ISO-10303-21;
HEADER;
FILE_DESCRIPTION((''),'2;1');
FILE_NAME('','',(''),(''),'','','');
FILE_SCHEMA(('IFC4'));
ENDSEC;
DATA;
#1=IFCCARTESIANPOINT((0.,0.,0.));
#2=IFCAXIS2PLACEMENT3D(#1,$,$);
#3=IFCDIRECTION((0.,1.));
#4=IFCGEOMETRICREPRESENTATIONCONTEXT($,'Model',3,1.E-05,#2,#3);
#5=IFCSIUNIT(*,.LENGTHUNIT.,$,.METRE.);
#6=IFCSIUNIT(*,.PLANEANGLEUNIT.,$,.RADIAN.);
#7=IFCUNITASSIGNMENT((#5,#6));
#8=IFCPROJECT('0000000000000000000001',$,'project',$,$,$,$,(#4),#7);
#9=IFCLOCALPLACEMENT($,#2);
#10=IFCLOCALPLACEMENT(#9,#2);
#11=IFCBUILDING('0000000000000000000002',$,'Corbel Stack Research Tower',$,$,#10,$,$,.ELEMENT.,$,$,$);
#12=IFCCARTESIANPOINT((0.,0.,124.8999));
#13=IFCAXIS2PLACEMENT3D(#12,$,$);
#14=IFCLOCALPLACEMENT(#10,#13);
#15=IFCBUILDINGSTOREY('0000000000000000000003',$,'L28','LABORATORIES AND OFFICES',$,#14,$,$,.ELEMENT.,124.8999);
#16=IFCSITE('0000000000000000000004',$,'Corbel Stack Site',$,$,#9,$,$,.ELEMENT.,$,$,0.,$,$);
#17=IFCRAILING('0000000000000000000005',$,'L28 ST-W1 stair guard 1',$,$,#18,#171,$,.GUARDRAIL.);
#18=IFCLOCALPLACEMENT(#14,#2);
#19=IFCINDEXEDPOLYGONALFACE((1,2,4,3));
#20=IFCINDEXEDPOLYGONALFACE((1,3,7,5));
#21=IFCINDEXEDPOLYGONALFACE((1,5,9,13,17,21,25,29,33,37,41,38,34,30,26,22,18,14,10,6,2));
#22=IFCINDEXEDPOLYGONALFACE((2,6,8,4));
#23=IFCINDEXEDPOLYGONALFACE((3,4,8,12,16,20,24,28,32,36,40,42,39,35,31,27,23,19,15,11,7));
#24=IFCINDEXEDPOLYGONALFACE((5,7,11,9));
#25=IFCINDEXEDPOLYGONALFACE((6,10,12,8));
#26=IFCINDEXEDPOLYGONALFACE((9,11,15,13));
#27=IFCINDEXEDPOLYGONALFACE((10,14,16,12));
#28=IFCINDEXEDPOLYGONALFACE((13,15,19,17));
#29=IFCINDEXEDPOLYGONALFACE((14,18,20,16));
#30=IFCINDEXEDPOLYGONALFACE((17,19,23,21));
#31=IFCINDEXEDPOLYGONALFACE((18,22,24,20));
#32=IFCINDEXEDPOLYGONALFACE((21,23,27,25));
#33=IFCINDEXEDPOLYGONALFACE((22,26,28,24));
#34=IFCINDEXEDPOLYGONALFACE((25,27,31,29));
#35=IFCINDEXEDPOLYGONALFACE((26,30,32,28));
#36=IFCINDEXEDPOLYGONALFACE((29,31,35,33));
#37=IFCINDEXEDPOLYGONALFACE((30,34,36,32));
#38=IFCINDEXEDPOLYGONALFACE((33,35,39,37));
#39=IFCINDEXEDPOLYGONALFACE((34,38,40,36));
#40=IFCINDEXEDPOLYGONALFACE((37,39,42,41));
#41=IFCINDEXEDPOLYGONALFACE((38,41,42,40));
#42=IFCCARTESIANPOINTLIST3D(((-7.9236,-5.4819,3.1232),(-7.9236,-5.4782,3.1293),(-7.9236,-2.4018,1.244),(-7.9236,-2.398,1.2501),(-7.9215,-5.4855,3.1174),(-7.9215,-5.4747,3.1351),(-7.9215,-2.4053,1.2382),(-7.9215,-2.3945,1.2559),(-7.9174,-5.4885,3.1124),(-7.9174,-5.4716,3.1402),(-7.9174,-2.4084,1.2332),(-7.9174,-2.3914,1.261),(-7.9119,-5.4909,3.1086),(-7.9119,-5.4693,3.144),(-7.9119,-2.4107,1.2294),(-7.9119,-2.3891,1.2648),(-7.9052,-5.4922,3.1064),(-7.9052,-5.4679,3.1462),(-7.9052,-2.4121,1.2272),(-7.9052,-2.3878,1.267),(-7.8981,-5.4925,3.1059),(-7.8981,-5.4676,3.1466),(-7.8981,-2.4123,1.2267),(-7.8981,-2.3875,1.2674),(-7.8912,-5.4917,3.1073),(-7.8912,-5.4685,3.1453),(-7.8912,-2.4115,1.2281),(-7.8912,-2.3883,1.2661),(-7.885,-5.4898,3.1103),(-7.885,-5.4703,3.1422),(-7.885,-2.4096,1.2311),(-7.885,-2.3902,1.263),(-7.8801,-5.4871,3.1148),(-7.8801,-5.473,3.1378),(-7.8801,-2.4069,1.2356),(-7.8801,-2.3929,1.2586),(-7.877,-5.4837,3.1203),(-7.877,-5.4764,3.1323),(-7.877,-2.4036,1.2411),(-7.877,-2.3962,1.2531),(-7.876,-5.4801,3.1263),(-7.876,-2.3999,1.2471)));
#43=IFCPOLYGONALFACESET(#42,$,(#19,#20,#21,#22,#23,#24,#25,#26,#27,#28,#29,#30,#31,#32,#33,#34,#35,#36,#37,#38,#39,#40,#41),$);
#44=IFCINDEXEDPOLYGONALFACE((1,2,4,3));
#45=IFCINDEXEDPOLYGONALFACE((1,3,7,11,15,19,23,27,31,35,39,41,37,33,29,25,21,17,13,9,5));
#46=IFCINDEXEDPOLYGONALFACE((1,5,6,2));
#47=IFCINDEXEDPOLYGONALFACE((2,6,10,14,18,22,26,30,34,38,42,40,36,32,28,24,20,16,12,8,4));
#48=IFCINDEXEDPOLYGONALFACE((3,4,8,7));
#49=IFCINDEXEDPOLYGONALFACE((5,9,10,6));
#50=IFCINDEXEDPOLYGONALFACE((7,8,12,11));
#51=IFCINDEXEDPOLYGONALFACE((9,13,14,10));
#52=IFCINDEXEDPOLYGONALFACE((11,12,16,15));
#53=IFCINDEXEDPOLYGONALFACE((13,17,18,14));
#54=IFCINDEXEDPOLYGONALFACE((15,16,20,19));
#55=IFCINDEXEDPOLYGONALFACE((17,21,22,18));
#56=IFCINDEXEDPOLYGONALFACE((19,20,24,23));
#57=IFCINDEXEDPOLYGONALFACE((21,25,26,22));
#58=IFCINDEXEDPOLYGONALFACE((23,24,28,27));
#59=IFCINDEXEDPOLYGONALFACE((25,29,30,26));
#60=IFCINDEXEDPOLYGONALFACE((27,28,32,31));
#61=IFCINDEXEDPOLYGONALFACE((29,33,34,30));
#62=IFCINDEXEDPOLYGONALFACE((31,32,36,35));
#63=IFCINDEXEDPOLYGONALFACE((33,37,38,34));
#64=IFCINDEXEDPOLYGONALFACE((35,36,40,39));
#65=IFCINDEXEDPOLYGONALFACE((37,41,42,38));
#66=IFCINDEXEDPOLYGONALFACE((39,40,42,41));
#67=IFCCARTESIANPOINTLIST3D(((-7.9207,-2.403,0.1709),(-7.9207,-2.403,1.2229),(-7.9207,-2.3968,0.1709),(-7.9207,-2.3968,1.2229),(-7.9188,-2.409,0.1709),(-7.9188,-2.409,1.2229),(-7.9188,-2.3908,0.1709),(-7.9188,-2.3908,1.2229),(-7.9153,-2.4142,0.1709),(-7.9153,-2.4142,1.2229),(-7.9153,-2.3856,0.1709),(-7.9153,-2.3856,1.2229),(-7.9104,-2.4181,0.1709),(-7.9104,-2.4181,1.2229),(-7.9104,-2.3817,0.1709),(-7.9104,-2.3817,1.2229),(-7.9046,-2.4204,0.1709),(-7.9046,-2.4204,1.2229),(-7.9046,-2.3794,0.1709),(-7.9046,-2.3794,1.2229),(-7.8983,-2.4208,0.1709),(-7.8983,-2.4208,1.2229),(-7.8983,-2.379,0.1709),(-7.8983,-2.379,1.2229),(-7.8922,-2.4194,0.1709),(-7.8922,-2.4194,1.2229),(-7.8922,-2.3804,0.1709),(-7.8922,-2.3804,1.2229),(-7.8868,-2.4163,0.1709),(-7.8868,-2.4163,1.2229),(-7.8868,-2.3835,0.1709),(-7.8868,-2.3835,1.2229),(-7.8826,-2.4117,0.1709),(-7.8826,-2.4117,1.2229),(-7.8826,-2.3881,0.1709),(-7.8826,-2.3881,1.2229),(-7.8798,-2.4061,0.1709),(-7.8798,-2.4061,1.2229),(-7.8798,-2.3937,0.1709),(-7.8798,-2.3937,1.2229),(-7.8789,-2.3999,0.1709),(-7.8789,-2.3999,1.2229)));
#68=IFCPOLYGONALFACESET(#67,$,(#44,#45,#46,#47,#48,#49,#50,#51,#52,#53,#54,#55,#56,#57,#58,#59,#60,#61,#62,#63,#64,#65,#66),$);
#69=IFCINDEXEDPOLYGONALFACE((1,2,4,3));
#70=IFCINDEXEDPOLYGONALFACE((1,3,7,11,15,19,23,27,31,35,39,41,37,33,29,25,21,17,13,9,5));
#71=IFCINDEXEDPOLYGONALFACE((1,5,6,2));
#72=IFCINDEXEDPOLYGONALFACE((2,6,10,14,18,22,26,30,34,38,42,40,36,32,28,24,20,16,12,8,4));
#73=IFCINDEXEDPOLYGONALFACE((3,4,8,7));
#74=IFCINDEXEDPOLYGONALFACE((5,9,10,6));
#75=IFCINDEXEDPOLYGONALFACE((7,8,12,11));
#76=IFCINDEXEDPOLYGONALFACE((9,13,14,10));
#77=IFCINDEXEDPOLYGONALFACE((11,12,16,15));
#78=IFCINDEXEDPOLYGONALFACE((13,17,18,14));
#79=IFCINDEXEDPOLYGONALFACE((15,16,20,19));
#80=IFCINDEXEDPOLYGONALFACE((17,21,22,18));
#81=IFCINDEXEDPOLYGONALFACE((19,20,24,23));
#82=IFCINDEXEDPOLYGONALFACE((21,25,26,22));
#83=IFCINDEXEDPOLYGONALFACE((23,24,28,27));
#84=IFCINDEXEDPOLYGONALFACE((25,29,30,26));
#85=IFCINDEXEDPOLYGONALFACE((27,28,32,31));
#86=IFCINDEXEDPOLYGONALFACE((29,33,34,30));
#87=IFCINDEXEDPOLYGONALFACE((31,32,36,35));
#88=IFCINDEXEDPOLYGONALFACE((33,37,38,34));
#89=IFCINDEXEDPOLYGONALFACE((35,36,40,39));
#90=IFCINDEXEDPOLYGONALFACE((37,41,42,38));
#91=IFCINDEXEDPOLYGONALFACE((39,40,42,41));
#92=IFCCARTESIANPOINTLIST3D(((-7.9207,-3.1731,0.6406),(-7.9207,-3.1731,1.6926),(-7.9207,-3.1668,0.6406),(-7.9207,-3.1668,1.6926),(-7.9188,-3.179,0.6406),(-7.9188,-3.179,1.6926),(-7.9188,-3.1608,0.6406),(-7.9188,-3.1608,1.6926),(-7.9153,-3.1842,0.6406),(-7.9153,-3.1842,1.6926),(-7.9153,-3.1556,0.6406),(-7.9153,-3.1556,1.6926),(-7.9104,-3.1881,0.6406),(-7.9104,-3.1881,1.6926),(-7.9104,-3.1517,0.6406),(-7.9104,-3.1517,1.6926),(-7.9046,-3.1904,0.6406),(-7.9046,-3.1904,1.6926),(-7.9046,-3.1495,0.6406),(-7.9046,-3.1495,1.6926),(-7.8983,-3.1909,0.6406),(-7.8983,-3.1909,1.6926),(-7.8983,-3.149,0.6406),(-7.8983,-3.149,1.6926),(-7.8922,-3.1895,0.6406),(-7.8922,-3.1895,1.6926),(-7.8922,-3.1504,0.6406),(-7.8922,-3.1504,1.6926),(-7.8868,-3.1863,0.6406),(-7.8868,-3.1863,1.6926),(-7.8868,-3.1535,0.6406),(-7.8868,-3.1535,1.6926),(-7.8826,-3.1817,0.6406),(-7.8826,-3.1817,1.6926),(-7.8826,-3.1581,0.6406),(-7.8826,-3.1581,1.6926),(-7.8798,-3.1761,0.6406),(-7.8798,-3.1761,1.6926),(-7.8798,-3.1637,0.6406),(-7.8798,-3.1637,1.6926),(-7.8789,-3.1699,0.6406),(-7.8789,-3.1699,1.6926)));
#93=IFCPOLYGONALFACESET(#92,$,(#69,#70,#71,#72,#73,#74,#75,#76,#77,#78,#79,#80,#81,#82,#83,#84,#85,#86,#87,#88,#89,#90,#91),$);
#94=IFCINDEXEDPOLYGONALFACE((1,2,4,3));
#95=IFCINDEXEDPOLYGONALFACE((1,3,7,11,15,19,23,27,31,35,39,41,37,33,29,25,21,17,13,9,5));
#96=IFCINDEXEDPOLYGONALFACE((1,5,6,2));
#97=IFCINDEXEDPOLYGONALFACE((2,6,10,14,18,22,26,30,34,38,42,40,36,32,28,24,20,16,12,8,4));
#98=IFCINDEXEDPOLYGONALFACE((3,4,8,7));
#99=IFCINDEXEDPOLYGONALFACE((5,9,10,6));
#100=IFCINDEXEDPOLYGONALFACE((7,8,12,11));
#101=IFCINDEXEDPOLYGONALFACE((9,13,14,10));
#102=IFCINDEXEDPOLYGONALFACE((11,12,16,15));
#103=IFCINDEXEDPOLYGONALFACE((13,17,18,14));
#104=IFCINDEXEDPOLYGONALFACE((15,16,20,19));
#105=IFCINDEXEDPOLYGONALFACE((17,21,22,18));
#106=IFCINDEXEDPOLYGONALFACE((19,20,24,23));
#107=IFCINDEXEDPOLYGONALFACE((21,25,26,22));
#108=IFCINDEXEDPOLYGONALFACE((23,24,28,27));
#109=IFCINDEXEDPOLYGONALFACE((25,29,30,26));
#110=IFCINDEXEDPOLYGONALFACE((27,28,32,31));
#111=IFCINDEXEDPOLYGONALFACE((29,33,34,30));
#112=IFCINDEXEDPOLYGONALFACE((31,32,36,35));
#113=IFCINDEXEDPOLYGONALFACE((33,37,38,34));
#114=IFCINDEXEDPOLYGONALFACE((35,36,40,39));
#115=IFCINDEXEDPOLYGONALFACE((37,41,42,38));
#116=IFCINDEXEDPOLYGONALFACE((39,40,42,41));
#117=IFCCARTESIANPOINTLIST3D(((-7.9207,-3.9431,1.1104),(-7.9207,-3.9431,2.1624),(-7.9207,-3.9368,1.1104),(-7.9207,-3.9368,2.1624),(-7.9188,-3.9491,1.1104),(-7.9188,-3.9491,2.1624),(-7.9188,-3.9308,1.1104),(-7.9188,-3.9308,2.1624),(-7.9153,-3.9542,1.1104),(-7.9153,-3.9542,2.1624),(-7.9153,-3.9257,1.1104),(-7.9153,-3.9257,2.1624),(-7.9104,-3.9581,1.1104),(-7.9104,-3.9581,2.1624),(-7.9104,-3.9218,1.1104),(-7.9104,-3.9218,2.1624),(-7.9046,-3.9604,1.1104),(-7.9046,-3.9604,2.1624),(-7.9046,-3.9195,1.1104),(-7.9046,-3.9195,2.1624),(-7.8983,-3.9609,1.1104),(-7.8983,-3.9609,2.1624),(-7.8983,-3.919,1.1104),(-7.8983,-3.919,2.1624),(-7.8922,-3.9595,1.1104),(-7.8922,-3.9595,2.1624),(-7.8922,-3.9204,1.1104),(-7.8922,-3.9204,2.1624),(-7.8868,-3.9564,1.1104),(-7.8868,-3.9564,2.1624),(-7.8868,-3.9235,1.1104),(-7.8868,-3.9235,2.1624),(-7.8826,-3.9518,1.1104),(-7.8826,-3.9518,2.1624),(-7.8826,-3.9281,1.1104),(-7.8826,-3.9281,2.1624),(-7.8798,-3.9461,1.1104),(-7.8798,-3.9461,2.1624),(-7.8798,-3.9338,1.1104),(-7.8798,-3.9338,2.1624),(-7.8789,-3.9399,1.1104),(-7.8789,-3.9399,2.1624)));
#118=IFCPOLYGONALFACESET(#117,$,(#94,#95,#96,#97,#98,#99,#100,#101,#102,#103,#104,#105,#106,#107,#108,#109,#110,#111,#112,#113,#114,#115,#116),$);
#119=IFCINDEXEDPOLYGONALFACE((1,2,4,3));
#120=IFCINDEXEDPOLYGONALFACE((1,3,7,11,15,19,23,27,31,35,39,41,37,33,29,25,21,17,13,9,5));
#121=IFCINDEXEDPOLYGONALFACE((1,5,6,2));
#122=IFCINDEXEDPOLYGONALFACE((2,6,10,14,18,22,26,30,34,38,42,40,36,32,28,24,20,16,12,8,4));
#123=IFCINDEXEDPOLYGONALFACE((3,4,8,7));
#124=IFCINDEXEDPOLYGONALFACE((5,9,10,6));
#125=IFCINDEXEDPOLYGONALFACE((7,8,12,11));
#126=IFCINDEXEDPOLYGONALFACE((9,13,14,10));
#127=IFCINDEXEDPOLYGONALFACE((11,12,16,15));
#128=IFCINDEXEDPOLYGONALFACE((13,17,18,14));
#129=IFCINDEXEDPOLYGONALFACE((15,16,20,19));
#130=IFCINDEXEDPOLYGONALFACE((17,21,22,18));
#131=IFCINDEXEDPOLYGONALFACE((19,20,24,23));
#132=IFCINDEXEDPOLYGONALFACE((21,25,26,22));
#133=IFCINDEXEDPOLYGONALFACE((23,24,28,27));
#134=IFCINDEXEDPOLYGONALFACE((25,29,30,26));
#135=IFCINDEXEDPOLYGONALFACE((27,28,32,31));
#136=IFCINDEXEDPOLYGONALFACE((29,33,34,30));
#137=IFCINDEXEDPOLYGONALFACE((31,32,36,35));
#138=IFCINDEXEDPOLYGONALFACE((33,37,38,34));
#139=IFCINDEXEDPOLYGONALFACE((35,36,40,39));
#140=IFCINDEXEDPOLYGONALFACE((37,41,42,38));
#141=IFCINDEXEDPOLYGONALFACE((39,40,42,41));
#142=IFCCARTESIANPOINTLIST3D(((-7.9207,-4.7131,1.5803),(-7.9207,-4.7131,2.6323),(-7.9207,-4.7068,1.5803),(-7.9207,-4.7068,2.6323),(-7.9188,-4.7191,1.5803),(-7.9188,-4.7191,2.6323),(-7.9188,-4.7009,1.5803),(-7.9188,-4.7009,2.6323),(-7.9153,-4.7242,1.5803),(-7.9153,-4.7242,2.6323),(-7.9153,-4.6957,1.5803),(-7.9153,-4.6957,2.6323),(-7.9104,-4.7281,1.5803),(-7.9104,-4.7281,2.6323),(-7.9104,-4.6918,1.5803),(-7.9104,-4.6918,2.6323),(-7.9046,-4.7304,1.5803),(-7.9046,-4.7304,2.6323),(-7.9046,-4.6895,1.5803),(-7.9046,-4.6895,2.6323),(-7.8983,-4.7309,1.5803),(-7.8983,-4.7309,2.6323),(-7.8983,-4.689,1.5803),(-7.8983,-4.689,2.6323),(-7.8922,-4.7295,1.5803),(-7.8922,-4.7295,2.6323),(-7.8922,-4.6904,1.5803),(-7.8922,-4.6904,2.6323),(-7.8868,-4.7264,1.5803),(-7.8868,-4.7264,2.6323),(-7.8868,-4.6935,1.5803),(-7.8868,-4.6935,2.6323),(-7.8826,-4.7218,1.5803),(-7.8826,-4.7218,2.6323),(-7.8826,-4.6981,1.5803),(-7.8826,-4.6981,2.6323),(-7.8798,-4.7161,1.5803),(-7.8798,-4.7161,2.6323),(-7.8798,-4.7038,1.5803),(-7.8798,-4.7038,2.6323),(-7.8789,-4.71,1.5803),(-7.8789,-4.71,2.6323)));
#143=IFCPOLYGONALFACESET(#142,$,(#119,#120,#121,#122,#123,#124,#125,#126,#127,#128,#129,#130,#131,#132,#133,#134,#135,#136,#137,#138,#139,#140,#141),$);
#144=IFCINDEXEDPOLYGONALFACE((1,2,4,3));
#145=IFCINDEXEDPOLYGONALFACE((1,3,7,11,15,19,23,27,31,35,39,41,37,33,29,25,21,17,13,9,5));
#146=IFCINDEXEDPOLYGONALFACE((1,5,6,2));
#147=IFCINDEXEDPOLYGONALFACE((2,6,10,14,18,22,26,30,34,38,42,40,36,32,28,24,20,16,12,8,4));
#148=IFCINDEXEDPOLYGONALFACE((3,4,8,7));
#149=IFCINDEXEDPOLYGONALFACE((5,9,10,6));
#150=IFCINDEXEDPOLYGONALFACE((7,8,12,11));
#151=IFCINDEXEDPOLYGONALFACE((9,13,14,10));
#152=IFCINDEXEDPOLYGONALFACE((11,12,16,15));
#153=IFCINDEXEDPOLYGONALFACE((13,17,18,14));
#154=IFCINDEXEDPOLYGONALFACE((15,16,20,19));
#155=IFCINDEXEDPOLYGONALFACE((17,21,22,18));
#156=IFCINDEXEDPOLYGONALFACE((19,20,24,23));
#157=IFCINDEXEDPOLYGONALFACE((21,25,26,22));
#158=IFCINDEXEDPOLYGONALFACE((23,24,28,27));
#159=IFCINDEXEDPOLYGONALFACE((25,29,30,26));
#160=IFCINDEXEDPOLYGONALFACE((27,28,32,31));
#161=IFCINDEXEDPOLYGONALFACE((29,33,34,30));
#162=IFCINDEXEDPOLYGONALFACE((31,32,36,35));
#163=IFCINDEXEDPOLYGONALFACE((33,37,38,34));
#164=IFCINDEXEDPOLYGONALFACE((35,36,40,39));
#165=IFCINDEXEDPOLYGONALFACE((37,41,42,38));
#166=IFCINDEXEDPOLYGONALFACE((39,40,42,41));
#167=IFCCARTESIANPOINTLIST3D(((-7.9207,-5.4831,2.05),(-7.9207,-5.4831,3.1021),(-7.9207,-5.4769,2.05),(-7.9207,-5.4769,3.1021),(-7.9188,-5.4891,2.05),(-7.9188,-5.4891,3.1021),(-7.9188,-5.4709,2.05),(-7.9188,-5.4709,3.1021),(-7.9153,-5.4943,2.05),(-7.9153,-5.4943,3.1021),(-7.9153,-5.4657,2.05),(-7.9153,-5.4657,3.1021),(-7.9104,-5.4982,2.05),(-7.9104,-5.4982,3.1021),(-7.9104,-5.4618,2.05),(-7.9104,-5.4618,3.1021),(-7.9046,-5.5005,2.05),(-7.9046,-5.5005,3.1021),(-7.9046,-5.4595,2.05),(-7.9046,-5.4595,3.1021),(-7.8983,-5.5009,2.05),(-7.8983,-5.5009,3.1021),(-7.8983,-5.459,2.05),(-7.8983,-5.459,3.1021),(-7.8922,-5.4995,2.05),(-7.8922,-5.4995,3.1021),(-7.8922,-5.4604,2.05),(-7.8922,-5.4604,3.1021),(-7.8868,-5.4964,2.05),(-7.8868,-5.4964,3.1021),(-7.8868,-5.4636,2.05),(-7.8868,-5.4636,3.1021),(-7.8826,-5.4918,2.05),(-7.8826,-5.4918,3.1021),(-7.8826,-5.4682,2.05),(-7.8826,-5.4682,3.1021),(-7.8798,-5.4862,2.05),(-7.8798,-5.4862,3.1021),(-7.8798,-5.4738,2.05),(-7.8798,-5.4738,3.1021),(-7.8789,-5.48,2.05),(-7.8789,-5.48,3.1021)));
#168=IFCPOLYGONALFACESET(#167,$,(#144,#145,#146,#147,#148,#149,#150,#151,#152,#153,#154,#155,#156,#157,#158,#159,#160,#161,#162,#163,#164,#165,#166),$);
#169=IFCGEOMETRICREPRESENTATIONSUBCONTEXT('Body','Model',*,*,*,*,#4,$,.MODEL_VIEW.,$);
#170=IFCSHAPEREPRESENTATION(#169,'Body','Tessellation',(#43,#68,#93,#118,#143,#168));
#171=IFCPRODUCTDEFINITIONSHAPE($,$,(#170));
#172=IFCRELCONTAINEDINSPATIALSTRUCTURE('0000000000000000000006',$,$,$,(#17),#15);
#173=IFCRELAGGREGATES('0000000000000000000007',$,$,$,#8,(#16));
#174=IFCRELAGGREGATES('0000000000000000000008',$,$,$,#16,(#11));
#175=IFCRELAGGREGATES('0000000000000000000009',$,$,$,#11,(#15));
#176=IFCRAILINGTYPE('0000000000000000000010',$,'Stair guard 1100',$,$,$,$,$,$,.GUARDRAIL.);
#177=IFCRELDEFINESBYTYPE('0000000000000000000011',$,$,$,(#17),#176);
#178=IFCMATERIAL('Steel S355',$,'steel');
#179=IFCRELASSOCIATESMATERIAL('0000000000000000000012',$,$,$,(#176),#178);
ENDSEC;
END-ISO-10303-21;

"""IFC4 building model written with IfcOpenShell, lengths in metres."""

from ifc_helpers import new_model, si_unit, direction, frame, origin, origin_2d, place, context, subcontext, project, spatial, circle, extrude, material, type_object, element, save


model = new_model("IFC4")

# Units and contexts
model_context = context("Model", 3, precision=1e-05, world=origin(), true_north=direction((0.0, 1.0)))
body_context = subcontext(model_context, "Body", "Model", "MODEL_VIEW")
ifc_project = project(units=[si_unit("LENGTHUNIT", "METRE"), si_unit("PLANEANGLEUNIT", "RADIAN")], contexts=[model_context])

# Site, building, storey
site_placement = place(None, origin())
site = spatial("IfcSite", under=ifc_project, at=site_placement, Name="Corbel Stack Site", CompositionType="ELEMENT", RefElevation=0.0)
building_placement = place(site_placement, origin())
building = spatial("IfcBuilding", under=site, at=building_placement, Name="Corbel Stack Research Tower", CompositionType="ELEMENT")
storey_placement = place(building_placement, frame((0.0, 0.0, 124.8999)))
storey = spatial("IfcBuildingStorey", under=building, at=storey_placement, Name="L28", Description="LABORATORIES AND OFFICES", CompositionType="ELEMENT", Elevation=124.8999)

# Railing
ifc_material_1 = material(Name="Steel S355", Category="steel")
railing_type_1 = type_object("IfcRailingType", Name="Stair guard 1100", PredefinedType="GUARDRAIL", material=ifc_material_1)
railing_1_placement = place(storey_placement, frame((-7.8999, -2.3999, 0.1709)))
element("IfcRailing", 1, at=railing_1_placement, inside=storey, type_object=railing_type_1, Name="L28 ST-W1 stair guard 1", PredefinedType="GUARDRAIL", context=body_context, shape_type="SweptSolid", body=[
    extrude(circle(Radius=0.0239, at=origin_2d()), frame((0.0, 0.0, 1.0762), z_axis=(0.0, -0.853666, 0.52082), x_axis=(1.0, 0.0, 0.0)), (0.0, 0.0, 1.0), 3.6082),
    extrude(circle(Radius=0.021, at=origin_2d()), origin(), (0.0, 0.0, 1.0), 1.052),
    extrude(circle(Radius=0.021, at=origin_2d()), frame((0.0, -0.77, 0.4697)), (0.0, 0.0, 1.0), 1.052),
    extrude(circle(Radius=0.021, at=origin_2d()), frame((0.0, -1.54, 0.9395)), (0.0, 0.0, 1.0), 1.052),
    extrude(circle(Radius=0.021, at=origin_2d()), frame((0.0, -2.3101, 1.4094)), (0.0, 0.0, 1.0), 1.052),
    extrude(circle(Radius=0.021, at=origin_2d()), frame((0.0, -3.0801, 1.8792)), (0.0, 0.0, 1.0), 1.052),
])

save(model, "model.ifc")
